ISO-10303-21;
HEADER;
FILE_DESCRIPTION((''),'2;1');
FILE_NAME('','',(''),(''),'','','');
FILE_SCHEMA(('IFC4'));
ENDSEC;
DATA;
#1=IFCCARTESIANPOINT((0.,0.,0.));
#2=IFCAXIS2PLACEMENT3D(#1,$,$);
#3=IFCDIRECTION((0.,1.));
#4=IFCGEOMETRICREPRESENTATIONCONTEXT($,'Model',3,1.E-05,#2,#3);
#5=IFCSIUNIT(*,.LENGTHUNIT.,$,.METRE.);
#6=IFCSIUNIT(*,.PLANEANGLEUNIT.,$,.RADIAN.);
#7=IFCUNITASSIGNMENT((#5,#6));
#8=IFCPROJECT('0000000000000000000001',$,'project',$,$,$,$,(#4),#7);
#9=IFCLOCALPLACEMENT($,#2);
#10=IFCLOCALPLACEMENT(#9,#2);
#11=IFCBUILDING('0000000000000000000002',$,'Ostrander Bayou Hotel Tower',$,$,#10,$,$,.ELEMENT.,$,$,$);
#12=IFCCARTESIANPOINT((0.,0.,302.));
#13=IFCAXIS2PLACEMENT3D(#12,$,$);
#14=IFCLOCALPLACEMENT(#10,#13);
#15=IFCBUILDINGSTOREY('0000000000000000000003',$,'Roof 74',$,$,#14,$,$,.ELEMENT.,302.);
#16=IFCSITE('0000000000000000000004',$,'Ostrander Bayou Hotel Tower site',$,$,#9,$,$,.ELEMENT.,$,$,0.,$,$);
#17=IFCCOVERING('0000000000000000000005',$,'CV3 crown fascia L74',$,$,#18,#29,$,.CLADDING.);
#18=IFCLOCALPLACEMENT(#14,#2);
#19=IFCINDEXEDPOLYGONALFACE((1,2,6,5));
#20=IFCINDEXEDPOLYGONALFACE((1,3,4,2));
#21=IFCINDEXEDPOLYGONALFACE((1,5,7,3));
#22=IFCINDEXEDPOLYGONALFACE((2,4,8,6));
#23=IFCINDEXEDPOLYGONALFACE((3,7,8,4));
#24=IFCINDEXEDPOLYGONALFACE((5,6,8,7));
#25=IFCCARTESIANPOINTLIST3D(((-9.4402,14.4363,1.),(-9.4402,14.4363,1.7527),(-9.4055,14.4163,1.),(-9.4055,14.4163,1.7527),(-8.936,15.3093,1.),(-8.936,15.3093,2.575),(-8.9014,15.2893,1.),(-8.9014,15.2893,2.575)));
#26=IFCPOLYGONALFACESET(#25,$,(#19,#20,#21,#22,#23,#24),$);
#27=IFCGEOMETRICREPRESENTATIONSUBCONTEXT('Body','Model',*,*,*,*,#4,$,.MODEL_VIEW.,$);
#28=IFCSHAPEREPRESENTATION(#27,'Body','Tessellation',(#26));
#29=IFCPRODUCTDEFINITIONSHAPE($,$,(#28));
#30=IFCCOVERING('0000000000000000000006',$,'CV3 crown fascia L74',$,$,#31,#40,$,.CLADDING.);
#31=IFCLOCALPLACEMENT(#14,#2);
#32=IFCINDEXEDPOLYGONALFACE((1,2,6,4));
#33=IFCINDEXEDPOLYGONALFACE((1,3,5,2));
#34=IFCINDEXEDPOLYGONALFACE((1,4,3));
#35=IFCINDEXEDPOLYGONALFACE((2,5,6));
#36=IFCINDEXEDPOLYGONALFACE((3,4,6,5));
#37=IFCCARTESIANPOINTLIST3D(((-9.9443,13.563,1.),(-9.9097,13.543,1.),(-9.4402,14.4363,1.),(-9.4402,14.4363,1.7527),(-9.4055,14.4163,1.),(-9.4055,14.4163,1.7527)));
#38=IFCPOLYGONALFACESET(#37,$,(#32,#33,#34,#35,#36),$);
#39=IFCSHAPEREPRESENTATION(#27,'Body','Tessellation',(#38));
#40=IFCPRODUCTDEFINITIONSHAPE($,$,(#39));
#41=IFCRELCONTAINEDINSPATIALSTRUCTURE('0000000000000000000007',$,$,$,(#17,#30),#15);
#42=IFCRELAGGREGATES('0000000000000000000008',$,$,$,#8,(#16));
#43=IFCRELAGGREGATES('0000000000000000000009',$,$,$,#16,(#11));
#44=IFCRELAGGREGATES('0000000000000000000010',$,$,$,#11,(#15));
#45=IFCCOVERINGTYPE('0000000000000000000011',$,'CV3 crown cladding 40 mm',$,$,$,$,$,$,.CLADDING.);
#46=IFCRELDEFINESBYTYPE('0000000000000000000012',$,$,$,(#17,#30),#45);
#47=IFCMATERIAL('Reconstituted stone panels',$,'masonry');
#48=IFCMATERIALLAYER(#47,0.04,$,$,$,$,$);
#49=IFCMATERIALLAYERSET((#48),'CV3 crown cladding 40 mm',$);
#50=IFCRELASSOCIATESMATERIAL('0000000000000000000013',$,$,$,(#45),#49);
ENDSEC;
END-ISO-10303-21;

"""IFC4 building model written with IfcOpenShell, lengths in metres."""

from ifc_helpers import new_model, si_unit, direction, frame, origin, place, context, subcontext, project, spatial, polyline, outline, extrude, material, layer, layer_set, type_object, element, save


model = new_model("IFC4")

# Units and contexts
model_context = context("Model", 3, precision=1e-05, world=origin(), true_north=direction((0.0, 1.0)))
body_context = subcontext(model_context, "Body", "Model", "MODEL_VIEW")
ifc_project = project(units=[si_unit("LENGTHUNIT", "METRE"), si_unit("PLANEANGLEUNIT", "RADIAN")], contexts=[model_context])

# Site, building, storey
site_placement = place(None, origin())
site = spatial("IfcSite", under=ifc_project, at=site_placement, Name="Ostrander Bayou Hotel Tower site", CompositionType="ELEMENT", RefElevation=0.0)
building_placement = place(site_placement, origin())
building = spatial("IfcBuilding", under=site, at=building_placement, Name="Ostrander Bayou Hotel Tower", CompositionType="ELEMENT")
storey_placement = place(building_placement, frame((0.0, 0.0, 302.0)))
storey = spatial("IfcBuildingStorey", under=building, at=storey_placement, Name="Roof 74", CompositionType="ELEMENT", Elevation=302.0)

# Coverings
ifc_material_1 = material(Name="Reconstituted stone panels", Category="masonry")
ifc_layer_1 = layer(ifc_material_1, 0.04)
ifc_layer_set_1 = layer_set([ifc_layer_1], Name="CV3 crown cladding 40 mm")
covering_type = type_object("IfcCoveringType", Name="CV3 crown cladding 40 mm", PredefinedType="CLADDING", material=ifc_layer_set_1)
covering_1_placement = place(storey_placement, frame((-8.936, 15.3093, 1.0), z_axis=(-0.865984, 0.500072, 0.0), x_axis=(-0.500072, -0.865984, 0.0)))
element("IfcCovering", 1, at=covering_1_placement, inside=storey, type_object=covering_type, Name="CV3 crown fascia L74", PredefinedType="CLADDING", context=body_context, shape_type="SweptSolid", body=[
    extrude(outline(polyline([(0.0, 0.0), (1.0082, 0.0), (1.0082, 0.7527), (0.0, 1.575), (0.0, 0.0)])), origin(), (0.0, 0.0, -1.0), 0.04),
])
covering_2_placement = place(storey_placement, frame((-9.4402, 14.4363, 1.0), z_axis=(-0.866044, 0.499967, 0.0), x_axis=(-0.499967, -0.866044, 0.0)))
element("IfcCovering", 2, at=covering_2_placement, inside=storey, type_object=covering_type, Name="CV3 crown fascia L74", PredefinedType="CLADDING", context=body_context, shape_type="SweptSolid", body=[
    extrude(outline(polyline([(0.0, 0.0), (1.0084, 0.0), (0.0, 0.7527), (0.0, 0.0)])), origin(), (0.0, 0.0, -1.0), 0.04),
])

save(model, "model.ifc")
